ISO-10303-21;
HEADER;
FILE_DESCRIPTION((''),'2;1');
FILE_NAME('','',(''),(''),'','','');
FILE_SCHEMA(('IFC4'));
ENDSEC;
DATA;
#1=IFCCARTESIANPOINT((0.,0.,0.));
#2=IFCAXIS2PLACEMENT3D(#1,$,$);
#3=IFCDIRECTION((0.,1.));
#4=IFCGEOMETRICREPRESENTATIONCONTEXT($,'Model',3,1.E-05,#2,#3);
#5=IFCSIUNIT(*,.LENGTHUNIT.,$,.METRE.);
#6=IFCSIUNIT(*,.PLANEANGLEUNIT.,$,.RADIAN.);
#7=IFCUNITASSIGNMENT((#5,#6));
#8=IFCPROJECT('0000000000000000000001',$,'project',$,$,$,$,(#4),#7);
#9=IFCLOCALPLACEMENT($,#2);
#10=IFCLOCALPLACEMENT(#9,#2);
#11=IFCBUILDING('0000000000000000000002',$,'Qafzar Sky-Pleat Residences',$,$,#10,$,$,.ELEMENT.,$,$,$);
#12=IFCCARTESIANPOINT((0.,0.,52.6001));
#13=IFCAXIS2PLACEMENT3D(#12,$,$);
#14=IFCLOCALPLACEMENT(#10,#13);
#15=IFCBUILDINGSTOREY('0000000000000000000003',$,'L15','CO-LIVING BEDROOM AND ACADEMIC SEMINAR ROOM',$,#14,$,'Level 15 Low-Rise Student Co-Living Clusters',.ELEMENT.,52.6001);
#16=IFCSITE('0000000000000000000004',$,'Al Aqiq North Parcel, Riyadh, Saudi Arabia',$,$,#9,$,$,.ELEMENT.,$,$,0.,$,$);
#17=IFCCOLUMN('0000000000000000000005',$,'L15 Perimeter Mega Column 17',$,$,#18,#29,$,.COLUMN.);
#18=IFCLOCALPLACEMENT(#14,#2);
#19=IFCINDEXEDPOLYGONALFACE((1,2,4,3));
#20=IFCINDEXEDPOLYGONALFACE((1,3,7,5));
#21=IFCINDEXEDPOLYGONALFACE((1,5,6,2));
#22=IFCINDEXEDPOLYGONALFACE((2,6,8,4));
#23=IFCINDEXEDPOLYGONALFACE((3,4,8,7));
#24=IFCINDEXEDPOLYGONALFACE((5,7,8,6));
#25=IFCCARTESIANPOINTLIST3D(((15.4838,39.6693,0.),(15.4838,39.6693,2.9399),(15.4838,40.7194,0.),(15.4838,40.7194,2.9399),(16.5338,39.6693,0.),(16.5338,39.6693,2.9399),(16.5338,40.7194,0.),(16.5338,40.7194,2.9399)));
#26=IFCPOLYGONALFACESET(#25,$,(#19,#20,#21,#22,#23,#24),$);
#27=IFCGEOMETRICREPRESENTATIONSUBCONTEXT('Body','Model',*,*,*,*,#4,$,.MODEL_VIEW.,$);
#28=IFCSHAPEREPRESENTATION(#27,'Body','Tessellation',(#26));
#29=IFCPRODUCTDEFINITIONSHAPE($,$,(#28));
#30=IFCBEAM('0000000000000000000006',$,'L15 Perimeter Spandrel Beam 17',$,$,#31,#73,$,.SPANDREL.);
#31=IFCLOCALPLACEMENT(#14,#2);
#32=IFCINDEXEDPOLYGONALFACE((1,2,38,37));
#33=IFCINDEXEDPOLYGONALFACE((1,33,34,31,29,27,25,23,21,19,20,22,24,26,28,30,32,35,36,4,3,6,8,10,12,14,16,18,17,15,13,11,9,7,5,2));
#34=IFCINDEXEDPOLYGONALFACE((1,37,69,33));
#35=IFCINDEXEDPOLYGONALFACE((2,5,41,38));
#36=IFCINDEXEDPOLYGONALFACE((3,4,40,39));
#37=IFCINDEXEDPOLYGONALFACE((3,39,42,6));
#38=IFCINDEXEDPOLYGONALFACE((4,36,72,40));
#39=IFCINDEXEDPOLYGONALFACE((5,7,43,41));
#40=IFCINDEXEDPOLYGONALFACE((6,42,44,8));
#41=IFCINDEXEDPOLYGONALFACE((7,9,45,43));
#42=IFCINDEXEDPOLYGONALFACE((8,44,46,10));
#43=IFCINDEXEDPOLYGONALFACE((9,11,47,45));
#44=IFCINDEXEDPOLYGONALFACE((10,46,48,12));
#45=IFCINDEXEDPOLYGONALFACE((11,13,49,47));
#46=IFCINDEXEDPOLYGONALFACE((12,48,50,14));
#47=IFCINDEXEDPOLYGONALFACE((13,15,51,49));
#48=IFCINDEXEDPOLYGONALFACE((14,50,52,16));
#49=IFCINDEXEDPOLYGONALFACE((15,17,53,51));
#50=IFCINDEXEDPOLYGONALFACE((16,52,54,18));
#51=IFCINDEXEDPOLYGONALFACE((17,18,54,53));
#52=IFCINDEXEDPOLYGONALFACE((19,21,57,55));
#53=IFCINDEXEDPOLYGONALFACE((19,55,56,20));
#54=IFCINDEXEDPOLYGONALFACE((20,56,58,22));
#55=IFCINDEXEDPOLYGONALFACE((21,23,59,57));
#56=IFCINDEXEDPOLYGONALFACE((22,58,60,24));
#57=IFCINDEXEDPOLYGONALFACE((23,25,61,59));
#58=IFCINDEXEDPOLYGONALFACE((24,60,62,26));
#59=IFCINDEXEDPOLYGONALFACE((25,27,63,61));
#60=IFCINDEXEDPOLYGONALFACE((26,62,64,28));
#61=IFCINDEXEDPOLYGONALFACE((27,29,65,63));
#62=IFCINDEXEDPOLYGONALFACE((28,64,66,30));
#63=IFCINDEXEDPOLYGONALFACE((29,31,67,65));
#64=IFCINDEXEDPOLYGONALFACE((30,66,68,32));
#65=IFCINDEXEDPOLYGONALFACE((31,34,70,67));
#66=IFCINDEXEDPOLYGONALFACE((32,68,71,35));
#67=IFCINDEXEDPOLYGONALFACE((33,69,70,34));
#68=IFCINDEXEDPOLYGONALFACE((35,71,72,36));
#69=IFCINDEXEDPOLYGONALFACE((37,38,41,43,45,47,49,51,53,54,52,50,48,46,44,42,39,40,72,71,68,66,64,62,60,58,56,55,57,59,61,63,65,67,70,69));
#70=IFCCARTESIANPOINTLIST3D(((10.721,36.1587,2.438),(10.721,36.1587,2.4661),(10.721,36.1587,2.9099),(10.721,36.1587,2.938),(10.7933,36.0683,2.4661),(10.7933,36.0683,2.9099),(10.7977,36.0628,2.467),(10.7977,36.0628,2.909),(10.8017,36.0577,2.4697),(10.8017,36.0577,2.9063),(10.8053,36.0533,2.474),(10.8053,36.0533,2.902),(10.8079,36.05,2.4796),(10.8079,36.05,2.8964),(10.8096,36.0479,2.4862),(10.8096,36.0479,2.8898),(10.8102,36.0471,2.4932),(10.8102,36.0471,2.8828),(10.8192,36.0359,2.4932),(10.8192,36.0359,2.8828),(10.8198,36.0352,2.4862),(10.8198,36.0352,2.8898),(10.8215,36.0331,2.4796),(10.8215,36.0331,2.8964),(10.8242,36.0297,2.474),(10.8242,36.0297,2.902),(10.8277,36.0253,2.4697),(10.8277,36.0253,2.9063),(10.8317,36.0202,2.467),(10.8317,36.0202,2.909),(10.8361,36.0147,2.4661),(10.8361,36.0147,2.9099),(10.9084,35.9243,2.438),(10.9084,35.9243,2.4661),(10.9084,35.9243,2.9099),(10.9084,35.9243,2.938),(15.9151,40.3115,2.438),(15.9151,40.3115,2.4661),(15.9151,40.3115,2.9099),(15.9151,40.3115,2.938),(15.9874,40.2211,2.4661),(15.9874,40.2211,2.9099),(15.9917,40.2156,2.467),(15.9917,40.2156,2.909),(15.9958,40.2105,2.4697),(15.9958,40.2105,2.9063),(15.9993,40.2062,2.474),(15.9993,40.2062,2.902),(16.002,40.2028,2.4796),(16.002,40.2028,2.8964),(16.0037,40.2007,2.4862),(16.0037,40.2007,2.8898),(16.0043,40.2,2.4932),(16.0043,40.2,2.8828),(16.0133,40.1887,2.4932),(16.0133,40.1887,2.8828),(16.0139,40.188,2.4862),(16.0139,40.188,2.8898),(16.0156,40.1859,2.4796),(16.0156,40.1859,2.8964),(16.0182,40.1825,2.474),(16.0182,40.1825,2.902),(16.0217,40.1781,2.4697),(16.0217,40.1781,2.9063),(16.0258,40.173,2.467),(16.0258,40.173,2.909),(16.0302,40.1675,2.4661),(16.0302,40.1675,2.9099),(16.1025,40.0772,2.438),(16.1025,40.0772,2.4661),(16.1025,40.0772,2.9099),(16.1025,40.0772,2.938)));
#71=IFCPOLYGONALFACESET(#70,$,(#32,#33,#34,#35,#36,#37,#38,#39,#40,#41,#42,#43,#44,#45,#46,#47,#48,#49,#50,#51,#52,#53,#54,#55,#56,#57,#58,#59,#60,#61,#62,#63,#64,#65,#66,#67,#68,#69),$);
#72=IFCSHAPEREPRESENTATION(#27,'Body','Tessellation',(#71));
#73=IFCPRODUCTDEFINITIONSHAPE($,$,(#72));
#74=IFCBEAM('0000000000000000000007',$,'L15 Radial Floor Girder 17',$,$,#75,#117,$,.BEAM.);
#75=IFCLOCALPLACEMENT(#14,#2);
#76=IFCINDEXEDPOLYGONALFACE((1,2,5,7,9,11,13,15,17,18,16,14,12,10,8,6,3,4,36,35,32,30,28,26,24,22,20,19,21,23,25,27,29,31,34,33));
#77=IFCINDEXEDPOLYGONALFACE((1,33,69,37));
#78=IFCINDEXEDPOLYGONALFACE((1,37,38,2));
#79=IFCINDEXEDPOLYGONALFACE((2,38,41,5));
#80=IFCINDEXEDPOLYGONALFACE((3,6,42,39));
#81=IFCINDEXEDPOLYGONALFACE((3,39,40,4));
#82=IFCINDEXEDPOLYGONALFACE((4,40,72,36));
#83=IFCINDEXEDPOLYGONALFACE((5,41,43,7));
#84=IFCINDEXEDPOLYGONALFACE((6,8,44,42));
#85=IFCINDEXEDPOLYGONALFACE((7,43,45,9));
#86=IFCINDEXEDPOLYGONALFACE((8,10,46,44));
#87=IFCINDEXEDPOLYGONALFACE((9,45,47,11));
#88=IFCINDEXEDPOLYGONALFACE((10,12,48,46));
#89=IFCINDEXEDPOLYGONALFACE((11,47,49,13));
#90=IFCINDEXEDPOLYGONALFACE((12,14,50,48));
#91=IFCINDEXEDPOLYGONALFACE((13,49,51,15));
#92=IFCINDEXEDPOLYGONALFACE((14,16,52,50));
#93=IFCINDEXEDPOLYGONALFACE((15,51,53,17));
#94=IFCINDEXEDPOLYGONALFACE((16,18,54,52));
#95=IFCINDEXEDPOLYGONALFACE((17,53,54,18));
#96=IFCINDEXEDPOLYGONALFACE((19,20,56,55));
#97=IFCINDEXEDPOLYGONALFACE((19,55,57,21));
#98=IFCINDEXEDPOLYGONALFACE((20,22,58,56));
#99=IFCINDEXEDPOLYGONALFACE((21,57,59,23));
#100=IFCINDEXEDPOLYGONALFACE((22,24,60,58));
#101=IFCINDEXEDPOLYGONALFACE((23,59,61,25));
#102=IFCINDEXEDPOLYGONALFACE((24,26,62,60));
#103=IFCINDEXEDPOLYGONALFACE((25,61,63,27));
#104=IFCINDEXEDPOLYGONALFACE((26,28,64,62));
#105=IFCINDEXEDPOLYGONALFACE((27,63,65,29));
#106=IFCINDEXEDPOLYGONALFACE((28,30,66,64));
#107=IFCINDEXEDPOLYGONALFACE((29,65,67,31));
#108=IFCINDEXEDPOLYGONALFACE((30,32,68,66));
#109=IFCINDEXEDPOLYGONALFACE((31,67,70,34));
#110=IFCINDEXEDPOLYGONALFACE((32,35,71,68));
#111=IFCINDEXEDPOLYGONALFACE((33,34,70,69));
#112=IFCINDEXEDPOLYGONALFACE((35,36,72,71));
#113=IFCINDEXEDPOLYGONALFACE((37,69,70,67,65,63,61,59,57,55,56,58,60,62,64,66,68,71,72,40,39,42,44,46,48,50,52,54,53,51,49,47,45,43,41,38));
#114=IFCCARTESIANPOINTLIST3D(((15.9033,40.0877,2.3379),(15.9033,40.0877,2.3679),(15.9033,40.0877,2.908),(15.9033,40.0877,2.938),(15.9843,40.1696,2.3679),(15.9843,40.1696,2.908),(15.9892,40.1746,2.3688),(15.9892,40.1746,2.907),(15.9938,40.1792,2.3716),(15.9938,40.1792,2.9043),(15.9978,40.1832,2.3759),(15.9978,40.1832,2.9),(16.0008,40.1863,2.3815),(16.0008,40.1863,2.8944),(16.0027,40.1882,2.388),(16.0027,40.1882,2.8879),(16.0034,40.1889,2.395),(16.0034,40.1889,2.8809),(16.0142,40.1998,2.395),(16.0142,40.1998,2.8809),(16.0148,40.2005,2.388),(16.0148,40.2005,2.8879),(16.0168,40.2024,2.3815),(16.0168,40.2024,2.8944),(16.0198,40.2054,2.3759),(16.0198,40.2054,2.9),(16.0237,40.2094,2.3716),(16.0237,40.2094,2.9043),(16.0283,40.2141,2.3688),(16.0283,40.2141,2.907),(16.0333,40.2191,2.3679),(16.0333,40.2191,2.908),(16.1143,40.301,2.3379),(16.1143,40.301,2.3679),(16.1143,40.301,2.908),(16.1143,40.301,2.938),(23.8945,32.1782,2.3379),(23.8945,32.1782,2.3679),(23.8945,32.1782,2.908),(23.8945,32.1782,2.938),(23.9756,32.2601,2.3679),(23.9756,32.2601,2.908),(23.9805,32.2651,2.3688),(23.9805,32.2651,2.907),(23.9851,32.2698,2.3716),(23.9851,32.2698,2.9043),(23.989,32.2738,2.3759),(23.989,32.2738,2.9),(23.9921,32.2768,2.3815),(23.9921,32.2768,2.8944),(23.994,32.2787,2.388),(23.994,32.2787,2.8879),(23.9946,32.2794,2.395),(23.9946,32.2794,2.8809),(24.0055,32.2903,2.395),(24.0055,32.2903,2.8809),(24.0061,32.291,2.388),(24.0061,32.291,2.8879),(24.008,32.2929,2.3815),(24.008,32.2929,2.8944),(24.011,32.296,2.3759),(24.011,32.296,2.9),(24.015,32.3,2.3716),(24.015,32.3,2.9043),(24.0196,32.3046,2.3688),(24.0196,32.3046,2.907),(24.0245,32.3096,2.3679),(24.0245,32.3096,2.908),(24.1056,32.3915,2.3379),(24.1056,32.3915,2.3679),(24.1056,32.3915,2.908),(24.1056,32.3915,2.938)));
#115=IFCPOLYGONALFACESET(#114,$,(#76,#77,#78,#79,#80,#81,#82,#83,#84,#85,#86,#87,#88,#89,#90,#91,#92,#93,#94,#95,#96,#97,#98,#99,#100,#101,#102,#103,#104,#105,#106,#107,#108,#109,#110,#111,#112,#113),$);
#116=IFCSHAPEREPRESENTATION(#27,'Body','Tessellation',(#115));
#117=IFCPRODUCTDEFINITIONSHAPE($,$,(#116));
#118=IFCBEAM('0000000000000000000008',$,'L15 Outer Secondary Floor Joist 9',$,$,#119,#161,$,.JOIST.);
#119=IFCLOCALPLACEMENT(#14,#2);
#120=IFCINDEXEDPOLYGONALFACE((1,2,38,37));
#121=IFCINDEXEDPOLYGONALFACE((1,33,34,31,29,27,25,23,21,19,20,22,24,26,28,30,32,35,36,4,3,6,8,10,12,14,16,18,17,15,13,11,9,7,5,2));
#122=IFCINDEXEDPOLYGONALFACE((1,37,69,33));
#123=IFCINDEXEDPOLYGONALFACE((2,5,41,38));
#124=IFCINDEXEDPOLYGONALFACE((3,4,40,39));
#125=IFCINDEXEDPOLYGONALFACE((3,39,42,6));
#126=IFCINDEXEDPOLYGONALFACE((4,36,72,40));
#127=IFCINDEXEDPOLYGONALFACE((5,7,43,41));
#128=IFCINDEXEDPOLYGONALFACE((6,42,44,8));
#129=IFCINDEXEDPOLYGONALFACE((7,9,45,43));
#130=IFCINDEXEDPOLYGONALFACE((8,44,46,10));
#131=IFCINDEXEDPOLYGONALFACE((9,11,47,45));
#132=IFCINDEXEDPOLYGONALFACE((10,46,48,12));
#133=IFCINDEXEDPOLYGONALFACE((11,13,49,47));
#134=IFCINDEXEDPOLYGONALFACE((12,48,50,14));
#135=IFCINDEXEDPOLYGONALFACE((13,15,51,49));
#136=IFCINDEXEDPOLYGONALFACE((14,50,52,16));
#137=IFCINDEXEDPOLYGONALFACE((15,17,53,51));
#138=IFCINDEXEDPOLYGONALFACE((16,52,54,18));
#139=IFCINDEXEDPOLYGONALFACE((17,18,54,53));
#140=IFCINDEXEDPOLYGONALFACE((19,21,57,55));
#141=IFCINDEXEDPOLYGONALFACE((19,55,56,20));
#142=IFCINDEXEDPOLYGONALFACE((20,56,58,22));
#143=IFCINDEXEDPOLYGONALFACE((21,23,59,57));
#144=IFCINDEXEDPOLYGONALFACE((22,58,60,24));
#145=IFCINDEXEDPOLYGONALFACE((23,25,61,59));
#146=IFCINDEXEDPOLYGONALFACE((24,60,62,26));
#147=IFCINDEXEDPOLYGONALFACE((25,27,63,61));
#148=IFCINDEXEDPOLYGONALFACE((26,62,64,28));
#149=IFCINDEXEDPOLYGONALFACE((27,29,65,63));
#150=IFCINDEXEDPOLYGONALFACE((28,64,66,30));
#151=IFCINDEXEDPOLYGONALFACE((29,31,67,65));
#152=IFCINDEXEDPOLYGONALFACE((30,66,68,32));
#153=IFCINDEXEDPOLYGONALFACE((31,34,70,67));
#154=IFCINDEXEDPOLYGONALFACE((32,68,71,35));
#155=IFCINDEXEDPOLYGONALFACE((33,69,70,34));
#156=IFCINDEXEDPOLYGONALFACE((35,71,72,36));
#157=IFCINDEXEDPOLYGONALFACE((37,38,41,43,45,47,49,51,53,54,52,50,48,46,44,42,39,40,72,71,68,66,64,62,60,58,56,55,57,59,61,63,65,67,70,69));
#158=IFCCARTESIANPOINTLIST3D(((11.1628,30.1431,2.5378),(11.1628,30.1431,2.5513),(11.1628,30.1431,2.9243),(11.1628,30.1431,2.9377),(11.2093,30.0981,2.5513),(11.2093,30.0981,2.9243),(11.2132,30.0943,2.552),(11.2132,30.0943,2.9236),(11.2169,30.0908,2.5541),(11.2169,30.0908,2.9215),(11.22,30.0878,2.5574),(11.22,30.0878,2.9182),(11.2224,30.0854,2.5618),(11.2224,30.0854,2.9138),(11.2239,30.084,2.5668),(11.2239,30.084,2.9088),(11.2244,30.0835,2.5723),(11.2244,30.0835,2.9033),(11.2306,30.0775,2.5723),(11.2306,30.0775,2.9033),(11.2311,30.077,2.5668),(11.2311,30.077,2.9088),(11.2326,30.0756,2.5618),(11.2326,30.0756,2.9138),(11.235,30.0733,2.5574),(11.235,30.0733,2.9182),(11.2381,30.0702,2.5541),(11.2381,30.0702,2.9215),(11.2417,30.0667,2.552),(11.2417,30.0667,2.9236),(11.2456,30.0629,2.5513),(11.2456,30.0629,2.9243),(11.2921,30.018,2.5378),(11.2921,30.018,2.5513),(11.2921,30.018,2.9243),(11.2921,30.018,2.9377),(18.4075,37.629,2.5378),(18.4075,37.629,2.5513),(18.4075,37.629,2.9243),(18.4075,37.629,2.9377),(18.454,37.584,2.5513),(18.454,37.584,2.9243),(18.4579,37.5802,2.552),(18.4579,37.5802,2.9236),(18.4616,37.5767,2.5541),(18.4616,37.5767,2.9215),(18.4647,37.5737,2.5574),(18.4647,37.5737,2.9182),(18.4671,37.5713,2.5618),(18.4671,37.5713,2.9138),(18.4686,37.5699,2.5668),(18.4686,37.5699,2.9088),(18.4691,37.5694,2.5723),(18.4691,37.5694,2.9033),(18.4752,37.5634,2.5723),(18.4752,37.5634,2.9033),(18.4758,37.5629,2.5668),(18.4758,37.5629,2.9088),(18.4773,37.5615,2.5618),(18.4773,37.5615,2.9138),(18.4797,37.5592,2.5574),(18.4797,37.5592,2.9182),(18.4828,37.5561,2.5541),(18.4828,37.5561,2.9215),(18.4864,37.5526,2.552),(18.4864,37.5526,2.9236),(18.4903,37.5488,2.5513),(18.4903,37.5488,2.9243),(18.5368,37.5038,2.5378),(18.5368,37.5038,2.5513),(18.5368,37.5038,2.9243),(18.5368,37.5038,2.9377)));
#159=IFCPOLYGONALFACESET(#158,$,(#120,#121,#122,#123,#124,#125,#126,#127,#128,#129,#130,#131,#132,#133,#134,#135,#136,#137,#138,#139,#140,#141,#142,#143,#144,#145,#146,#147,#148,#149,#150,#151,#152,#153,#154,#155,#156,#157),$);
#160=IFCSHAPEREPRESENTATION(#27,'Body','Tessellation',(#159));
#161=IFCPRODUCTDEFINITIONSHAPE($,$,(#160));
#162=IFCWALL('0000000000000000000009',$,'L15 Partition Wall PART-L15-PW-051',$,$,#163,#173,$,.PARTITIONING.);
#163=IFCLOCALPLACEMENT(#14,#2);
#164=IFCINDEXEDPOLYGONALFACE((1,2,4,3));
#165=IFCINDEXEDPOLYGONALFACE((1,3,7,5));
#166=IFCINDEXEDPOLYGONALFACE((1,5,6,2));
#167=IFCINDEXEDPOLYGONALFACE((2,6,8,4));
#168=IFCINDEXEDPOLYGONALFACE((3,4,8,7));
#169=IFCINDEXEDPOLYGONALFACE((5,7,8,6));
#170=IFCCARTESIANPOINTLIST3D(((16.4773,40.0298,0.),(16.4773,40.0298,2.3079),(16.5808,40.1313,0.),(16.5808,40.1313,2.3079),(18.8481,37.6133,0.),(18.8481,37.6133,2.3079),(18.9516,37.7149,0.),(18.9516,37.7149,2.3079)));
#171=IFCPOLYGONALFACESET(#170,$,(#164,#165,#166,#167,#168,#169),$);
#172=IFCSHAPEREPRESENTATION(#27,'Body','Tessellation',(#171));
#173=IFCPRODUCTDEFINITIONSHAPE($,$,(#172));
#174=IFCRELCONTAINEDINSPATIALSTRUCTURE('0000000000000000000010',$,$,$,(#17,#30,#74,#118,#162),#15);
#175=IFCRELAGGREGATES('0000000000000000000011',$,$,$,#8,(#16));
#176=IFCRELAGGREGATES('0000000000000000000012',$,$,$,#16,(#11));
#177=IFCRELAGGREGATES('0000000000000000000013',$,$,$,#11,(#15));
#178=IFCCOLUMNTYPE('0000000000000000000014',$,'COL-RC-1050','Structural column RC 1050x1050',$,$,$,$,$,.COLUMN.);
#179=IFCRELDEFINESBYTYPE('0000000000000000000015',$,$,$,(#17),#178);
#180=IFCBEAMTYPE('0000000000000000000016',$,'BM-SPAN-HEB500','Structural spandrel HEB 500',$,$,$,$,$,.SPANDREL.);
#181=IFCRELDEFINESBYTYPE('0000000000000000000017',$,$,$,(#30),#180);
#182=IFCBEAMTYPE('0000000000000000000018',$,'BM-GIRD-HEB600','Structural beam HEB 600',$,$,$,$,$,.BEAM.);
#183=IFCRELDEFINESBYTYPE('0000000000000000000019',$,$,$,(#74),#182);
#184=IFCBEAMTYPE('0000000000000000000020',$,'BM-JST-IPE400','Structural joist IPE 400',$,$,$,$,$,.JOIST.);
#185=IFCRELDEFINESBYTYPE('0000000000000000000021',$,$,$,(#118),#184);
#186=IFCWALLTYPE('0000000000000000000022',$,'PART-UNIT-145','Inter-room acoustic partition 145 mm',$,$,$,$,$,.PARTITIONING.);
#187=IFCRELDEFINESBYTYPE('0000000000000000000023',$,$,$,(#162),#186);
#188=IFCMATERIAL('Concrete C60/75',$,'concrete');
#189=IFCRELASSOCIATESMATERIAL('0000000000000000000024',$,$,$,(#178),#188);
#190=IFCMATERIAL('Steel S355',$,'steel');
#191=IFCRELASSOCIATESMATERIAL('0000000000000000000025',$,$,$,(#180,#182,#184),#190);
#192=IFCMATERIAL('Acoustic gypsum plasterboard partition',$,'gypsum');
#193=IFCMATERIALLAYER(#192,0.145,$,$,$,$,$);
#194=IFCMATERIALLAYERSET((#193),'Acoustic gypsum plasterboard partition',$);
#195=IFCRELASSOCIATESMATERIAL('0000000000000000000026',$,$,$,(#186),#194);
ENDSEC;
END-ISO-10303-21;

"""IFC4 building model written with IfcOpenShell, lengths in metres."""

from ifc_helpers import new_model, si_unit, direction, frame, frame_2d, origin, origin_2d, place, context, subcontext, project, spatial, rectangle, i_section, extrude, source, transform, mapped, material, layer, layer_set, material_profile, profile_set, type_object, element, save


model = new_model("IFC4")

# Units and contexts
model_context = context("Model", 3, precision=1e-05, world=origin(), true_north=direction((0.0, 1.0)))
body_context = subcontext(model_context, "Body", "Model", "MODEL_VIEW")
ifc_project = project(units=[si_unit("LENGTHUNIT", "METRE"), si_unit("PLANEANGLEUNIT", "RADIAN")], contexts=[model_context])

# Site, building, storey
site_placement = place(None, origin())
site = spatial("IfcSite", under=ifc_project, at=site_placement, Name="Al Aqiq North Parcel, Riyadh, Saudi Arabia", CompositionType="ELEMENT", RefElevation=0.0)
building_placement = place(site_placement, origin())
building = spatial("IfcBuilding", under=site, at=building_placement, Name="Qafzar Sky-Pleat Residences", CompositionType="ELEMENT")
storey_placement = place(building_placement, frame((0.0, 0.0, 52.6001)))
storey = spatial("IfcBuildingStorey", under=building, at=storey_placement, Name="L15", Description="CO-LIVING BEDROOM AND ACADEMIC SEMINAR ROOM", LongName="Level 15 Low-Rise Student Co-Living Clusters", CompositionType="ELEMENT", Elevation=52.6001)

# Column
ifc_material_1 = material(Name="Concrete C60/75", Category="concrete")
ifc_material_profile_1 = material_profile(ifc_material_1, rectangle(XDim=1.05, YDim=1.05, at=origin_2d()), Name="RC 1050x1050")
ifc_profile_set_1 = profile_set([ifc_material_profile_1], Name="Concrete C60/75")
column_type = type_object("IfcColumnType", Name="COL-RC-1050", Description="Structural column RC 1050x1050", PredefinedType="COLUMN", material=ifc_profile_set_1)
shared_shape_1 = source(origin(), body_context, "Body", "SweptSolid", [
    extrude(rectangle(XDim=1.05, YDim=1.05, at=origin_2d()), origin(), (0.0, 0.0, 1.0), 2.9399),
])
column_placement = place(storey_placement, frame((16.0088, 40.1943, 0.0), z_axis=(0.0, 0.0, 1.0), x_axis=(1.0, 0.0, 0.0)))
element("IfcColumn", 1, at=column_placement, inside=storey, type_object=column_type, Name="L15 Perimeter Mega Column 17", PredefinedType="COLUMN", context=body_context, shape_type="MappedRepresentation", body=[
    mapped(shared_shape_1, transform((0.0, 0.0, 0.0), x_axis=(1.0, 0.0, 0.0), y_axis=(0.0, 1.0, 0.0), z_axis=(0.0, 0.0, 1.0), scale=1.0)),
])

# Beams
ifc_material_2 = material(Name="Steel S355", Category="steel")
ifc_material_profile_2 = material_profile(ifc_material_2, i_section(OverallWidth=0.3, OverallDepth=0.5, WebThickness=0.0144, FlangeThickness=0.0281, FilletRadius=0.0271, at=origin_2d()), Name="HEB 500")
ifc_profile_set_2 = profile_set([ifc_material_profile_2], Name="Steel S355")
beam_type_1 = type_object("IfcBeamType", Name="BM-SPAN-HEB500", Description="Structural spandrel HEB 500", PredefinedType="SPANDREL", material=ifc_profile_set_2)
shared_shape_2 = source(origin(), body_context, "Body", "SweptSolid", [
    extrude(i_section(OverallWidth=0.3, OverallDepth=0.5, WebThickness=0.0144, FlangeThickness=0.0281, FilletRadius=0.0271, at=origin_2d()), origin(), (0.0, 0.0, 1.0), 6.6501),
])
beam_1_placement = place(storey_placement, frame((16.0088, 40.1943, 2.688), z_axis=(-0.781048, -0.624471, 0.0), x_axis=(0.624471, -0.781048, 0.0)))
element("IfcBeam", 2, at=beam_1_placement, inside=storey, type_object=beam_type_1, Name="L15 Perimeter Spandrel Beam 17", PredefinedType="SPANDREL", context=body_context, shape_type="MappedRepresentation", body=[
    mapped(shared_shape_2, transform((0.0, 0.0, 0.0), x_axis=(1.0, 0.0, 0.0), y_axis=(0.0, 1.0, 0.0), z_axis=(0.0, 0.0, 1.0), scale=1.0)),
])
ifc_material_profile_3 = material_profile(ifc_material_2, i_section(OverallWidth=0.3, OverallDepth=0.6001, WebThickness=0.0154, FlangeThickness=0.03, FilletRadius=0.0271, at=origin_2d()), Name="HEB 600")
ifc_profile_set_3 = profile_set([ifc_material_profile_3], Name="Steel S355")
beam_type_2 = type_object("IfcBeamType", Name="BM-GIRD-HEB600", Description="Structural beam HEB 600", PredefinedType="BEAM", material=ifc_profile_set_3)
shared_shape_3 = source(origin(), body_context, "Body", "SweptSolid", [
    extrude(i_section(OverallWidth=0.3, OverallDepth=0.6001, WebThickness=0.0154, FlangeThickness=0.03, FilletRadius=0.0271, at=origin_2d()), origin(), (0.0, 0.0, 1.0), 11.2437),
])
beam_2_placement = place(storey_placement, frame((16.0088, 40.1943, 2.6379), z_axis=(0.710734, -0.70346, 0.0), x_axis=(0.70346, 0.710734, 0.0)))
element("IfcBeam", 3, at=beam_2_placement, inside=storey, type_object=beam_type_2, Name="L15 Radial Floor Girder 17", PredefinedType="BEAM", context=body_context, shape_type="MappedRepresentation", body=[
    mapped(shared_shape_3, transform((0.0, 0.0, 0.0), x_axis=(1.0, 0.0, 0.0), y_axis=(0.0, 1.0, 0.0), z_axis=(0.0, 0.0, 1.0), scale=1.0)),
])
ifc_material_profile_4 = material_profile(ifc_material_2, i_section(OverallWidth=0.1799, OverallDepth=0.3999, WebThickness=0.0085, FlangeThickness=0.0134, FilletRadius=0.021, at=origin_2d()), Name="IPE 400")
ifc_profile_set_4 = profile_set([ifc_material_profile_4], Name="Steel S355")
beam_type_3 = type_object("IfcBeamType", Name="BM-JST-IPE400", Description="Structural joist IPE 400", PredefinedType="JOIST", material=ifc_profile_set_4)
shared_shape_4 = source(origin(), body_context, "Body", "SweptSolid", [
    extrude(i_section(OverallWidth=0.1799, OverallDepth=0.3999, WebThickness=0.0085, FlangeThickness=0.0134, FilletRadius=0.021, at=origin_2d()), origin(), (0.0, 0.0, 1.0), 10.4175),
])
beam_3_placement = place(storey_placement, frame((18.4722, 37.5664, 2.7378), z_axis=(-0.695435, -0.718589, 0.0), x_axis=(0.718589, -0.695435, 0.0)))
element("IfcBeam", 4, at=beam_3_placement, inside=storey, type_object=beam_type_3, Name="L15 Outer Secondary Floor Joist 9", PredefinedType="JOIST", context=body_context, shape_type="MappedRepresentation", body=[
    mapped(shared_shape_4, transform((0.0, 0.0, 0.0), x_axis=(1.0, 0.0, 0.0), y_axis=(0.0, 1.0, 0.0), z_axis=(0.0, 0.0, 1.0), scale=1.0)),
])

# Wall
ifc_material_3 = material(Name="Acoustic gypsum plasterboard partition", Category="gypsum")
ifc_layer_1 = layer(ifc_material_3, 0.145)
ifc_layer_set_1 = layer_set([ifc_layer_1], Name="Acoustic gypsum plasterboard partition")
wall_type_1 = type_object("IfcWallType", Name="PART-UNIT-145", Description="Inter-room acoustic partition 145 mm", PredefinedType="PARTITIONING", material=ifc_layer_set_1)
wall_1_placement = place(storey_placement, frame((16.5291, 40.0806, 0.0), z_axis=(0.0, 0.0, 1.0), x_axis=(0.700332, -0.713818, 0.0)))
element("IfcWall", 5, at=wall_1_placement, inside=storey, type_object=wall_type_1, Name="L15 Partition Wall PART-L15-PW-051", PredefinedType="PARTITIONING", context=body_context, shape_type="SweptSolid", body=[
    extrude(rectangle(XDim=3.3853, YDim=0.145, at=frame_2d((1.6926, 0.0))), origin(), (0.0, 0.0, 1.0), 2.3079),
])

save(model, "model.ifc")
